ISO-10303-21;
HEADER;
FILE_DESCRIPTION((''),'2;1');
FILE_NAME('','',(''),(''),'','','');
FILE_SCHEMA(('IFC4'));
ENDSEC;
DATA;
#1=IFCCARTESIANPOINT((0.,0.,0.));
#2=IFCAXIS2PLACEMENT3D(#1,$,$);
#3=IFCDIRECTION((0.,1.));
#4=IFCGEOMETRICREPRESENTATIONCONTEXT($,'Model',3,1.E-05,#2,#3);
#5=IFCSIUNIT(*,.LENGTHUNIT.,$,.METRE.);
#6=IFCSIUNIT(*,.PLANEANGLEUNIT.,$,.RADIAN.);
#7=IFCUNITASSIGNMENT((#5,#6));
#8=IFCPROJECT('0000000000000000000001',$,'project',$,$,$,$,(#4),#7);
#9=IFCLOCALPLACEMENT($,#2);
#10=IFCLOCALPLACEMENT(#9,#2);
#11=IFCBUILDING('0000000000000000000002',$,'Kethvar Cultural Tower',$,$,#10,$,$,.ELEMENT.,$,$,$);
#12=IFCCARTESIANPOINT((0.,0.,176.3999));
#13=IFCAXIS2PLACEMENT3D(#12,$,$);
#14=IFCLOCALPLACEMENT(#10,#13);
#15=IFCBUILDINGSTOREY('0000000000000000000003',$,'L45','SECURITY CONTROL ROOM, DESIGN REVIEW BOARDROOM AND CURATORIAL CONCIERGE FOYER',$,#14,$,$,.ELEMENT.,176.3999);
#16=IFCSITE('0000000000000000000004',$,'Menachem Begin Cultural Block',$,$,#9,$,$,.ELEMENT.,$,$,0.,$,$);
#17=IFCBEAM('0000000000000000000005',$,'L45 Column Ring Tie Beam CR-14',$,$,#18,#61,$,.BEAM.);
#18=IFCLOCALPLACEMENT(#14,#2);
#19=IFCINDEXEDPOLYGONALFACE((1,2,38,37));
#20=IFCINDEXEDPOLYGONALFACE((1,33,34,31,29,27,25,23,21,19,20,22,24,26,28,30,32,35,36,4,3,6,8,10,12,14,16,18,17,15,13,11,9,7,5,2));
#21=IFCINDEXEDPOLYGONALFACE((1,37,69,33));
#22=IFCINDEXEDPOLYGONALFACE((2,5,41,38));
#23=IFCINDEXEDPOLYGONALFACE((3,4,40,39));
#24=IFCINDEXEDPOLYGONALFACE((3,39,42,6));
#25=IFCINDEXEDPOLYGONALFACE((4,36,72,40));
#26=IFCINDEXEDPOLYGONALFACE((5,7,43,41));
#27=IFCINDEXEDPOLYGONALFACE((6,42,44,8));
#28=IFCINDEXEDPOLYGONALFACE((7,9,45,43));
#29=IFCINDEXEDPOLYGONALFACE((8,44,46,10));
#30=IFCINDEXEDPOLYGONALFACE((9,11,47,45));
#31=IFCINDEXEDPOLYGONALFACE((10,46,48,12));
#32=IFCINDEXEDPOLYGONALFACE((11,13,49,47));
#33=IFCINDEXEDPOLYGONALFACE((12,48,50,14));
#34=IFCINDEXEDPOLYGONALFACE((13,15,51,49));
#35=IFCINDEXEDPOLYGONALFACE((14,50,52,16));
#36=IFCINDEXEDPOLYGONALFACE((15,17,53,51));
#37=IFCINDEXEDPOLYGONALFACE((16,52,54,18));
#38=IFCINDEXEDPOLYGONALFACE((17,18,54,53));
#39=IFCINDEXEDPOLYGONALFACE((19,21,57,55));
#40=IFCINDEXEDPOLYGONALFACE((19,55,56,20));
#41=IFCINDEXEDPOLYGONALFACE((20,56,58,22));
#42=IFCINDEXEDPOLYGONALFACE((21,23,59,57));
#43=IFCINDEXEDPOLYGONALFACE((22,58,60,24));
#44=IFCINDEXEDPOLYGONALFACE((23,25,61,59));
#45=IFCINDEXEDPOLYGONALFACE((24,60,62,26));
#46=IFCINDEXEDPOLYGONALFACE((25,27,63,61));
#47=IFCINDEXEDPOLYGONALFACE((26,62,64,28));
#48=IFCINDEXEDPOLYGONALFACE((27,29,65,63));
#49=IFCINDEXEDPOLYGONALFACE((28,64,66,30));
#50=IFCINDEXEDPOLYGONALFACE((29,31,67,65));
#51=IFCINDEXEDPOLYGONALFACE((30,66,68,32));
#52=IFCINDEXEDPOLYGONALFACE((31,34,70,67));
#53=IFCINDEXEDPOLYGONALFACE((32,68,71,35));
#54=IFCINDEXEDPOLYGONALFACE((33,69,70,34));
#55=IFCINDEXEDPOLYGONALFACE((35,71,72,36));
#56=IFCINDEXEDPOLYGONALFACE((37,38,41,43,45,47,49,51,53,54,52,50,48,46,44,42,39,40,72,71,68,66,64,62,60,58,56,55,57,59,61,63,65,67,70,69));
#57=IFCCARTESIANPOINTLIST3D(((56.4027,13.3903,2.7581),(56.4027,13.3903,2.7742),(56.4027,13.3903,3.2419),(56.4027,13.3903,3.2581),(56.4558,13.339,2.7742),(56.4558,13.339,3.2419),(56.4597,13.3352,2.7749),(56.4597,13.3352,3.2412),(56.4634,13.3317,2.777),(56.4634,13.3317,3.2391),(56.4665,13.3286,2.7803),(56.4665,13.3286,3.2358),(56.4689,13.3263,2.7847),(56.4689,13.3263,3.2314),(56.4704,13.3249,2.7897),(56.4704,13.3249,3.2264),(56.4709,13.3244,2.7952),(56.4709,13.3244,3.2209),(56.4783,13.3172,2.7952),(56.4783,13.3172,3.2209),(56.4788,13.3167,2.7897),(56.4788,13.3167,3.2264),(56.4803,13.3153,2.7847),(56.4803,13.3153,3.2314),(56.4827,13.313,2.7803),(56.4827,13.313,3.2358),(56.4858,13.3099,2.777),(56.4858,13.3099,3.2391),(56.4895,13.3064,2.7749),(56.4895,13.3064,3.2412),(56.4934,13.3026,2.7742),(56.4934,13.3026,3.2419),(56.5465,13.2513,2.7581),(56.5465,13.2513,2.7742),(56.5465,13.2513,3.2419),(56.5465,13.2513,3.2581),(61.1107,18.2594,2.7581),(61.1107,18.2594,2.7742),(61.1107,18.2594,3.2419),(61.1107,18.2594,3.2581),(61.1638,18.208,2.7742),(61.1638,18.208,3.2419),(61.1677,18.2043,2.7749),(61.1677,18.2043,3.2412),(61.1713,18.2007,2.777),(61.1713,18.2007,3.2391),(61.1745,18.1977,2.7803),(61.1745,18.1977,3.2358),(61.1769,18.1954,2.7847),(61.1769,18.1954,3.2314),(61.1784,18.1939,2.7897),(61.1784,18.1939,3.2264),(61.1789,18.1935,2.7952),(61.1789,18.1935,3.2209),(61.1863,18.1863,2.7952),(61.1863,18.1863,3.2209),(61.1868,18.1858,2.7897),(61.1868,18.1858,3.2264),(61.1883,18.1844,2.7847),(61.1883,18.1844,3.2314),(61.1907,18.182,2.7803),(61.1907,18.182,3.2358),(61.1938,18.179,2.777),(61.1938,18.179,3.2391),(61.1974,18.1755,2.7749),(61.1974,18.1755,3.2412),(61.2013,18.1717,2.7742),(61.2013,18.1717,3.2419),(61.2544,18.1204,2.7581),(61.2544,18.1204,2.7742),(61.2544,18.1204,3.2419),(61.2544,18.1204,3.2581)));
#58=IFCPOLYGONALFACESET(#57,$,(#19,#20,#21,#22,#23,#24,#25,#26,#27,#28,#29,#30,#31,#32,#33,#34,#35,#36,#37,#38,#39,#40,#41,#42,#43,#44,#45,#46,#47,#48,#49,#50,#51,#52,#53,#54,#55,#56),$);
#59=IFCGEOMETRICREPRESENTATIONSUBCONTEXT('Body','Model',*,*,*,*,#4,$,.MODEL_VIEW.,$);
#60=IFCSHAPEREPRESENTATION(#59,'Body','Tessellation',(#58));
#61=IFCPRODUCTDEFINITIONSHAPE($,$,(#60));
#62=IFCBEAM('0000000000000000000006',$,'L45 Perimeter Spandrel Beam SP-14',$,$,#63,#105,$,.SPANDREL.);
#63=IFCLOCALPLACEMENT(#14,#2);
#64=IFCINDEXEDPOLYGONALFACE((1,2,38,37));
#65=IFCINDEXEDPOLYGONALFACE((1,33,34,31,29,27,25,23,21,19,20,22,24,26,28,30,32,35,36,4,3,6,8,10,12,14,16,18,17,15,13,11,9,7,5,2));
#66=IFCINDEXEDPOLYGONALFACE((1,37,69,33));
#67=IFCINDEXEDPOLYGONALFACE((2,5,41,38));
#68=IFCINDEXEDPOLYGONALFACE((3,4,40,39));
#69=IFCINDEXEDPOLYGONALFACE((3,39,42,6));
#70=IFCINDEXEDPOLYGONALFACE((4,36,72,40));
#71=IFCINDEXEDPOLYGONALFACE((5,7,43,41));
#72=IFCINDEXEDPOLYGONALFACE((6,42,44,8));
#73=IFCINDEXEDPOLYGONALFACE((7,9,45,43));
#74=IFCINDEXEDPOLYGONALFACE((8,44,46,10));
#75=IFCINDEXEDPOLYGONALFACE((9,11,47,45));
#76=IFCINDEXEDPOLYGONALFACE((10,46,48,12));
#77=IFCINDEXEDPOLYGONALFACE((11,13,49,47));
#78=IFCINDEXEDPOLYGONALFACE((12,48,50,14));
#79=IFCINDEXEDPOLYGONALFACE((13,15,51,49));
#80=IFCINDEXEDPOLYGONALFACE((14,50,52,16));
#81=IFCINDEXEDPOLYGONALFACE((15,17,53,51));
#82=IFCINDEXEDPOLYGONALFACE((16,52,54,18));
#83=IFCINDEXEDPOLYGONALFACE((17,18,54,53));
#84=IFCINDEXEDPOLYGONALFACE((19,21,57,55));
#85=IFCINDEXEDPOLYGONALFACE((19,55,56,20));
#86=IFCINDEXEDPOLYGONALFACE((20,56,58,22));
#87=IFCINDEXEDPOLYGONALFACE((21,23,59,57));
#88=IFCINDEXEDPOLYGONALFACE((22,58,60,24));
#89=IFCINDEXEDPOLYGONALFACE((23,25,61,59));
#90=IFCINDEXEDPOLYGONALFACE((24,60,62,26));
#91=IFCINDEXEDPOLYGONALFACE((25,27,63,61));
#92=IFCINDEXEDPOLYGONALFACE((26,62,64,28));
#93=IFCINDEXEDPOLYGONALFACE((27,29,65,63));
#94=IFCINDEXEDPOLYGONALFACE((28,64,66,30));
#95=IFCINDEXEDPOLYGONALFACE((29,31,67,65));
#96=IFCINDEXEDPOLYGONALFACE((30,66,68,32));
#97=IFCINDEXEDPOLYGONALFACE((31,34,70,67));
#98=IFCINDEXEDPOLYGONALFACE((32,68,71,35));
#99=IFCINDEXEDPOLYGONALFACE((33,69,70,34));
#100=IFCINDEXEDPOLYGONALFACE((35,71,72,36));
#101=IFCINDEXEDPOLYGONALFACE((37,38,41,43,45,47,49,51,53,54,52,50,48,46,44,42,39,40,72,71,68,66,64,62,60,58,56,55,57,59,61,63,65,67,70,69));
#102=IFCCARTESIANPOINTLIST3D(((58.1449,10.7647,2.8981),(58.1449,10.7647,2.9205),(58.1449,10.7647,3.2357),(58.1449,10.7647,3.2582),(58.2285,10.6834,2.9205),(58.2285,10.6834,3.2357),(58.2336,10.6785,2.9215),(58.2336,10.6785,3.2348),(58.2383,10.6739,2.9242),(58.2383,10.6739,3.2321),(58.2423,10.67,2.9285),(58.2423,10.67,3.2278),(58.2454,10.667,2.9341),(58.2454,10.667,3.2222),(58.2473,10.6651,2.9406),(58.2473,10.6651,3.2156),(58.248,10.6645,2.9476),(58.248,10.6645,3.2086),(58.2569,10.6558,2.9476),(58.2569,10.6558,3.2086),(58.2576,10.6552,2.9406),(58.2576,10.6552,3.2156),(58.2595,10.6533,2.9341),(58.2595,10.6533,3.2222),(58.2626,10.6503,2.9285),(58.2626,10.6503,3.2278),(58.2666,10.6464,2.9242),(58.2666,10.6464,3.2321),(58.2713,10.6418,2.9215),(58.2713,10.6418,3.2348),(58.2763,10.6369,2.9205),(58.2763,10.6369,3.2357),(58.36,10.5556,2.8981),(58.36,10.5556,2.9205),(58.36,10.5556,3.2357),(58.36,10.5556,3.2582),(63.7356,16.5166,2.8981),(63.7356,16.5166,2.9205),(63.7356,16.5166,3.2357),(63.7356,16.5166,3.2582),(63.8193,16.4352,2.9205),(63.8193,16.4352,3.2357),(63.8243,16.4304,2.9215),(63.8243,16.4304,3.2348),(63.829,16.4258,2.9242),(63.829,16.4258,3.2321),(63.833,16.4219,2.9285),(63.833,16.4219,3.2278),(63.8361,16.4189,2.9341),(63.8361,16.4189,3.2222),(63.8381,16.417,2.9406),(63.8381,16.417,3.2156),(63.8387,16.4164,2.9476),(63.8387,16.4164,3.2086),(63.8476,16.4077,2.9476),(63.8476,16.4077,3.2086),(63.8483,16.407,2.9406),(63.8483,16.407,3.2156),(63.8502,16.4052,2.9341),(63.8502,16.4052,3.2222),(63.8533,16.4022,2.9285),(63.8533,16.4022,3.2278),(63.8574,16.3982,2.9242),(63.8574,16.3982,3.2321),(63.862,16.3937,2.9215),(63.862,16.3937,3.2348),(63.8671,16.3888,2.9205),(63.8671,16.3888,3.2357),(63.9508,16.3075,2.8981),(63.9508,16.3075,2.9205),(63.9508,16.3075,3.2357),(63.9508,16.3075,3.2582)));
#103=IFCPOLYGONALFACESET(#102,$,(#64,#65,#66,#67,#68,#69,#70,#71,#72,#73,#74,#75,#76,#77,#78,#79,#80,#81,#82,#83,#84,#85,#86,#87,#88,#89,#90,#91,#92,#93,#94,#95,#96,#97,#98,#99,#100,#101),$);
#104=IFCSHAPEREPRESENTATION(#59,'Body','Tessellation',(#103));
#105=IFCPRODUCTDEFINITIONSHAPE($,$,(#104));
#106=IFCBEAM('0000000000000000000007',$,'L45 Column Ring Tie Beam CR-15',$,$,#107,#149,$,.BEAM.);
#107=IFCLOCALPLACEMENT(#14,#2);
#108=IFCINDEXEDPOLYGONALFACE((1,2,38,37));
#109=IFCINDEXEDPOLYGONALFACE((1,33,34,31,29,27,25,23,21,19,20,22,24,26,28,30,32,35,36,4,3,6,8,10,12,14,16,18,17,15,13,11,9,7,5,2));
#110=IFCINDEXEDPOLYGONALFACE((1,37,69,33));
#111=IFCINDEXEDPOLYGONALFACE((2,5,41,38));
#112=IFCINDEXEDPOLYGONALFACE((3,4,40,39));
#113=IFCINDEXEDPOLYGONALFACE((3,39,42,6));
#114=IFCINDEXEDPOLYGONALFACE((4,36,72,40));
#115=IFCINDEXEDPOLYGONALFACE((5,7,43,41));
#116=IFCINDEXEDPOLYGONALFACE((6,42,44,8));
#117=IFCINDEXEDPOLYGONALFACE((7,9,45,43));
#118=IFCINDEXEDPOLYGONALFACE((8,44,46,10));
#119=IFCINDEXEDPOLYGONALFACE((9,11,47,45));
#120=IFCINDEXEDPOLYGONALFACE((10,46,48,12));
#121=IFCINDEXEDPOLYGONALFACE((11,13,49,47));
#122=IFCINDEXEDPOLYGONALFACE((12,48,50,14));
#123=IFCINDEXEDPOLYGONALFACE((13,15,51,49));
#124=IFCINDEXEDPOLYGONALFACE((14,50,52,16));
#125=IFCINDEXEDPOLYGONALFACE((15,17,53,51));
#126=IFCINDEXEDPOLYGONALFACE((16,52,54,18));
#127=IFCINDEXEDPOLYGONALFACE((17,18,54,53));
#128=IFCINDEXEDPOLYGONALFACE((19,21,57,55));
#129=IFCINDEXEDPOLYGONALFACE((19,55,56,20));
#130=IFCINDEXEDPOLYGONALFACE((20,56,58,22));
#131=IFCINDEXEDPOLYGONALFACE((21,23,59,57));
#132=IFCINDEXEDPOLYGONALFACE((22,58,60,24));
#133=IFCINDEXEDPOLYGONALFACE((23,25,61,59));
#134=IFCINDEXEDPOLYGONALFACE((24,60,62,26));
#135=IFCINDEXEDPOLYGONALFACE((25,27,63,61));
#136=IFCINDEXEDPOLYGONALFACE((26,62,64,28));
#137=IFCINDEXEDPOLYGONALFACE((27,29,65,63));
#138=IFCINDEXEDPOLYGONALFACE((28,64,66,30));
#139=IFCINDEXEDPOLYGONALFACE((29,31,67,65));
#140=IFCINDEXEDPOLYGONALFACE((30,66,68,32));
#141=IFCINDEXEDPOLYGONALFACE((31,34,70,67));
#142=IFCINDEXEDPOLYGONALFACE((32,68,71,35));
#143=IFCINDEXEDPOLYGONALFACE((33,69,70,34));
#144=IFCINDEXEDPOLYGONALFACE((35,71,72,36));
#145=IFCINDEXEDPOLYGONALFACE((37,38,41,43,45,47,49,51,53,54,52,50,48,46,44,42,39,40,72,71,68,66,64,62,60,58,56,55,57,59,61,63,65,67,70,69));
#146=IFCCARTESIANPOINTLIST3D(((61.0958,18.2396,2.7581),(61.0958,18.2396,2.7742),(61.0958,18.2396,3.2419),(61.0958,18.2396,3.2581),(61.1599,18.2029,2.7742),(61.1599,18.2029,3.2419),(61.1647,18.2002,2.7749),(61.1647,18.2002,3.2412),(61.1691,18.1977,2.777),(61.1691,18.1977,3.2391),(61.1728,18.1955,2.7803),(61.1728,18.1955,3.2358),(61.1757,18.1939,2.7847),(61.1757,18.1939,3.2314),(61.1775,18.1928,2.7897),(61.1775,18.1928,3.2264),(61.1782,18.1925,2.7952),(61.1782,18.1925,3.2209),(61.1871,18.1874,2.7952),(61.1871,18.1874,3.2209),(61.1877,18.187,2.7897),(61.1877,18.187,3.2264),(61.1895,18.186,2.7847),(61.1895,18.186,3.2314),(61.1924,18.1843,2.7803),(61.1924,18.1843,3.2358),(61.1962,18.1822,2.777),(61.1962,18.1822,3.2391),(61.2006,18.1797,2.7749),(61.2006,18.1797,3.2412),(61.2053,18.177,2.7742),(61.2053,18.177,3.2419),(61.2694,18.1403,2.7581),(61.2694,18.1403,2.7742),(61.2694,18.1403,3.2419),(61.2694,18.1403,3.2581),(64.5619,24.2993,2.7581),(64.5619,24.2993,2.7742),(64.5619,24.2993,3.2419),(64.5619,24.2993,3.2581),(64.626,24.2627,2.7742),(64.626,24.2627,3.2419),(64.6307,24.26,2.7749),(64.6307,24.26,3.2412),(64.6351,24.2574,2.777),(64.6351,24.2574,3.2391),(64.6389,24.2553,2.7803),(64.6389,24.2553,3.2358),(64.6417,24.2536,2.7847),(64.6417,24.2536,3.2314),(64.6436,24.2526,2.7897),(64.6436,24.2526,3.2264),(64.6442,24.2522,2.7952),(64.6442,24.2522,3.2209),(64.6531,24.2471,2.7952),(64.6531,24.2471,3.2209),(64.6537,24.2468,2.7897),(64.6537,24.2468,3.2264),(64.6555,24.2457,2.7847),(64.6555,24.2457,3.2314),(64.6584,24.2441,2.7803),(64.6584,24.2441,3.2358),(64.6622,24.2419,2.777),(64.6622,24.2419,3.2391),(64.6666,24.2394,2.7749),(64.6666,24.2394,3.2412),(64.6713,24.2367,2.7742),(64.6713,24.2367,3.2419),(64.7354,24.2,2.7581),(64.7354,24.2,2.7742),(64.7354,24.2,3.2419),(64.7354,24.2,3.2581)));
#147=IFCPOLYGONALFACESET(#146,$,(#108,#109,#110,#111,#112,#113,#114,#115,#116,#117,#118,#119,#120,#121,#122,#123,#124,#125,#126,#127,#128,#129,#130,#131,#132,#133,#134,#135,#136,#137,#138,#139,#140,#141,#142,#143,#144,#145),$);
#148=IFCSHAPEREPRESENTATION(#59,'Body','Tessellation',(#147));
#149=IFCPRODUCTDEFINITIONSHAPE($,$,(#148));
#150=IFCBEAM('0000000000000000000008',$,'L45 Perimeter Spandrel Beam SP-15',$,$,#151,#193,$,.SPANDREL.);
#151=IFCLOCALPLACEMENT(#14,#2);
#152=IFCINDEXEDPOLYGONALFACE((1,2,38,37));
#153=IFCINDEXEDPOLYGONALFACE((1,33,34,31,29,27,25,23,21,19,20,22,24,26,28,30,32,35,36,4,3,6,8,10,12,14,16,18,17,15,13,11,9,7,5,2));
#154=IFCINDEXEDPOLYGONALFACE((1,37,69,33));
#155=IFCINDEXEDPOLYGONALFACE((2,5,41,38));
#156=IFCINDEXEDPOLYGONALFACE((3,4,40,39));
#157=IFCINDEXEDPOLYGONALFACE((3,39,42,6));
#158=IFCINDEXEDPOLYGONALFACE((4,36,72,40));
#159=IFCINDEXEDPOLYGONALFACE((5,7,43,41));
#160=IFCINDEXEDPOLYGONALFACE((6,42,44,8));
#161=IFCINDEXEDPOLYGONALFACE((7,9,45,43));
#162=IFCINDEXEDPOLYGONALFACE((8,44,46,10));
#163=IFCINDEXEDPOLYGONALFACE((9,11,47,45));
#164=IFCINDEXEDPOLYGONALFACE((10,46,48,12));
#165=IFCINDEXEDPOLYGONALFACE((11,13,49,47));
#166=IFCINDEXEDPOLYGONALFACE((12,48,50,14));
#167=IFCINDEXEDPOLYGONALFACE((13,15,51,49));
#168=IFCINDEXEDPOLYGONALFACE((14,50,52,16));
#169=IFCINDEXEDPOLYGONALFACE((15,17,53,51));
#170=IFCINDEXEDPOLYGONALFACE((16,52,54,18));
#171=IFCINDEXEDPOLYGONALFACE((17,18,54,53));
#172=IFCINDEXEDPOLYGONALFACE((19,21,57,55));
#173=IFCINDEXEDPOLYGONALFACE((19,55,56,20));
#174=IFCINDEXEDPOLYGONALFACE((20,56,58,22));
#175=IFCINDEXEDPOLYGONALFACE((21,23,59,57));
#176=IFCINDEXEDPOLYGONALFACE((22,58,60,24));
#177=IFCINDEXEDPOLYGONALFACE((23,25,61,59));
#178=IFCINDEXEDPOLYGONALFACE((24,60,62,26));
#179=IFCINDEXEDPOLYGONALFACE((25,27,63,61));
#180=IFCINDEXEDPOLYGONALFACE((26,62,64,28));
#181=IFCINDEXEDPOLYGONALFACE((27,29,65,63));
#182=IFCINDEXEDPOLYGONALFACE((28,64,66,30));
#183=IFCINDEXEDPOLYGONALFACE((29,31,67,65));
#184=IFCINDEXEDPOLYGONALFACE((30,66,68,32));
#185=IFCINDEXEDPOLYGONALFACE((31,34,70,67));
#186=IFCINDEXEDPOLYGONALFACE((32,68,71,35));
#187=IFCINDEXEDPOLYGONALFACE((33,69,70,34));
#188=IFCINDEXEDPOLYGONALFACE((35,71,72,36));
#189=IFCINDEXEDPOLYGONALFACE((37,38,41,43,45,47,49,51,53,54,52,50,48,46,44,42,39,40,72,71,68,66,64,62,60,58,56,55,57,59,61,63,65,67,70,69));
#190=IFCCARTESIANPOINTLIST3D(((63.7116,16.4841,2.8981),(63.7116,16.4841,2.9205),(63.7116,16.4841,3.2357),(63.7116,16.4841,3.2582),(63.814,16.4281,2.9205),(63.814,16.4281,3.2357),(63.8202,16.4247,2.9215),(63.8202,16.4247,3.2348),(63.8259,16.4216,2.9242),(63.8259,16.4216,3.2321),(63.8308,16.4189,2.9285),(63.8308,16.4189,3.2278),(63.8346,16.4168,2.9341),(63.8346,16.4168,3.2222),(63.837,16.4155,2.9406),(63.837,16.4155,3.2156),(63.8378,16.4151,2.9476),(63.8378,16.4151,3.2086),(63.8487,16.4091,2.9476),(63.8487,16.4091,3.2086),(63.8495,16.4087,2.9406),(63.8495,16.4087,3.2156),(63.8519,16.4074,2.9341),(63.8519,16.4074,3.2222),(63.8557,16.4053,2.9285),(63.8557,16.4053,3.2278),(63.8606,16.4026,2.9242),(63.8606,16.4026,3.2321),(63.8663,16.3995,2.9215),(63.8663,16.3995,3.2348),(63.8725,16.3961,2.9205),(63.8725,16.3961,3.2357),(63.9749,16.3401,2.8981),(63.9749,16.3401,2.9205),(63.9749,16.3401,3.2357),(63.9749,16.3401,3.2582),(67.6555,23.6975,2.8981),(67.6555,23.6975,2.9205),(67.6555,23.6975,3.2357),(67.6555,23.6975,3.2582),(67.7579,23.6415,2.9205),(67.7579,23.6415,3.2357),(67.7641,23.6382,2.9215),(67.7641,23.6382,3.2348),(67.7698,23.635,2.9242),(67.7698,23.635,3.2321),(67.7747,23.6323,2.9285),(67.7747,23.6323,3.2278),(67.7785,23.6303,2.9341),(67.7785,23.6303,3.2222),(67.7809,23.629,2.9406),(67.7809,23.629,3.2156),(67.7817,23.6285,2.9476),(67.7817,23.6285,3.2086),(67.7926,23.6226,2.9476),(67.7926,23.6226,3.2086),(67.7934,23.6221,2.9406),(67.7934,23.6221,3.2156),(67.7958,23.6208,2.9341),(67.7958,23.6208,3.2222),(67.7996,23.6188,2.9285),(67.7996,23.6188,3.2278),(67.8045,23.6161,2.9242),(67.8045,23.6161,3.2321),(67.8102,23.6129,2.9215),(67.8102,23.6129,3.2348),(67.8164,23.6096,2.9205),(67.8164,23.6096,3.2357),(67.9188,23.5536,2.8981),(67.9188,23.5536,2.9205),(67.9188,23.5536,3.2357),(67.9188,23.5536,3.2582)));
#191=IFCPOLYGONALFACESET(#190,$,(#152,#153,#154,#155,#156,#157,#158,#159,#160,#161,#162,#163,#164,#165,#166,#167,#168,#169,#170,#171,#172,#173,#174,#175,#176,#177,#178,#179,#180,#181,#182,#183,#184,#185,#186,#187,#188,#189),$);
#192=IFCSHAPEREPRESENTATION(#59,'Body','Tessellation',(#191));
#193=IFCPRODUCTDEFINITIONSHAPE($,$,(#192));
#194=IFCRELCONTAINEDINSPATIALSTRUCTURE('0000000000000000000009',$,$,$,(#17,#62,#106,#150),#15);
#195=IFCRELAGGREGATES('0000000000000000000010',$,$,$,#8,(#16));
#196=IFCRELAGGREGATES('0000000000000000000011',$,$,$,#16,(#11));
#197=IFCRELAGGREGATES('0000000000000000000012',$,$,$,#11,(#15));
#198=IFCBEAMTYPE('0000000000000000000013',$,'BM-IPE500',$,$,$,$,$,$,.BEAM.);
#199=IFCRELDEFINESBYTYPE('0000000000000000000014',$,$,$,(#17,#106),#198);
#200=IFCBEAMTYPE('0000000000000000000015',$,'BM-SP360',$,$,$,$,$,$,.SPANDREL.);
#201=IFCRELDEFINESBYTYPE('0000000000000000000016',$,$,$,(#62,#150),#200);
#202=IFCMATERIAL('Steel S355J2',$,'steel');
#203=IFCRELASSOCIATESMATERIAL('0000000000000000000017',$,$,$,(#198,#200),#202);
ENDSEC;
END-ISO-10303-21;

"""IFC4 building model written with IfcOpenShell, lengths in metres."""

from ifc_helpers import new_model, si_unit, direction, frame, origin, origin_2d, place, context, subcontext, project, spatial, i_section, extrude, source, transform, mapped, material, material_profile, profile_set, type_object, element, save


model = new_model("IFC4")

# Units and contexts
model_context = context("Model", 3, precision=1e-05, world=origin(), true_north=direction((0.0, 1.0)))
body_context = subcontext(model_context, "Body", "Model", "MODEL_VIEW")
ifc_project = project(units=[si_unit("LENGTHUNIT", "METRE"), si_unit("PLANEANGLEUNIT", "RADIAN")], contexts=[model_context])

# Site, building, storey
site_placement = place(None, origin())
site = spatial("IfcSite", under=ifc_project, at=site_placement, Name="Menachem Begin Cultural Block", CompositionType="ELEMENT", RefElevation=0.0)
building_placement = place(site_placement, origin())
building = spatial("IfcBuilding", under=site, at=building_placement, Name="Kethvar Cultural Tower", CompositionType="ELEMENT")
storey_placement = place(building_placement, frame((0.0, 0.0, 176.3999)))
storey = spatial("IfcBuildingStorey", under=building, at=storey_placement, Name="L45", Description="SECURITY CONTROL ROOM, DESIGN REVIEW BOARDROOM AND CURATORIAL CONCIERGE FOYER", CompositionType="ELEMENT", Elevation=176.3999)

# Beams
ifc_material_1 = material(Name="Steel S355J2", Category="steel")
ifc_material_profile_1 = material_profile(ifc_material_1, i_section(OverallWidth=0.2, OverallDepth=0.5, WebThickness=0.0103, FlangeThickness=0.0161, FilletRadius=0.021, at=origin_2d()), Name="Steel S355J2 — IPE500")
ifc_profile_set_1 = profile_set([ifc_material_profile_1], Name="Steel S355J2 — IPE500")
beam_type_1 = type_object("IfcBeamType", Name="BM-IPE500", PredefinedType="BEAM", material=ifc_profile_set_1)
shared_shape_1 = source(origin(), body_context, "Body", "SweptSolid", [
    extrude(i_section(OverallWidth=0.2, OverallDepth=0.5, WebThickness=0.0103, FlangeThickness=0.0161, FilletRadius=0.021, at=origin_2d()), origin(), (0.0, 0.0, 1.0), 6.7729),
])
beam_1_placement = place(storey_placement, frame((56.4746, 13.3208, 3.0081), z_axis=(0.695112, 0.718902, 0.0), x_axis=(-0.718902, 0.695112, 0.0)))
element("IfcBeam", 1, at=beam_1_placement, inside=storey, type_object=beam_type_1, Name="L45 Column Ring Tie Beam CR-14", PredefinedType="BEAM", context=body_context, shape_type="MappedRepresentation", body=[
    mapped(shared_shape_1, transform((0.0, 0.0, 0.0), scale=1.0)),
])
ifc_material_profile_2 = material_profile(ifc_material_1, i_section(OverallWidth=0.3, OverallDepth=0.3601, WebThickness=0.0125, FlangeThickness=0.0225, FilletRadius=0.0271, at=origin_2d()), Name="Steel S355J2 — HEB360")
ifc_profile_set_2 = profile_set([ifc_material_profile_2], Name="Steel S355J2 — HEB360")
beam_type_2 = type_object("IfcBeamType", Name="BM-SP360", PredefinedType="SPANDREL", material=ifc_profile_set_2)
shared_shape_2 = source(origin(), body_context, "Body", "SweptSolid", [
    extrude(i_section(OverallWidth=0.3, OverallDepth=0.3601, WebThickness=0.0125, FlangeThickness=0.0225, FilletRadius=0.0271, at=origin_2d()), origin(), (0.0, 0.0, 1.0), 8.0212),
])
beam_2_placement = place(storey_placement, frame((58.2524, 10.6602, 3.0781), z_axis=(0.696991, 0.717079, 0.0), x_axis=(-0.717079, 0.696991, 0.0)))
element("IfcBeam", 2, at=beam_2_placement, inside=storey, type_object=beam_type_2, Name="L45 Perimeter Spandrel Beam SP-14", PredefinedType="SPANDREL", context=body_context, shape_type="MappedRepresentation", body=[
    mapped(shared_shape_2, transform((0.0, 0.0, 0.0), scale=1.0)),
])
shared_shape_3 = source(origin(), body_context, "Body", "SweptSolid", [
    extrude(i_section(OverallWidth=0.2, OverallDepth=0.5, WebThickness=0.0103, FlangeThickness=0.0161, FilletRadius=0.021, at=origin_2d()), origin(), (0.0, 0.0, 1.0), 6.981),
])
beam_3_placement = place(storey_placement, frame((61.1826, 18.1899, 3.0081), z_axis=(0.496497, 0.868039, 0.0), x_axis=(-0.868039, 0.496497, 0.0)))
element("IfcBeam", 3, at=beam_3_placement, inside=storey, type_object=beam_type_1, Name="L45 Column Ring Tie Beam CR-15", PredefinedType="BEAM", context=body_context, shape_type="MappedRepresentation", body=[
    mapped(shared_shape_3, transform((0.0, 0.0, 0.0), scale=1.0)),
])
shared_shape_4 = source(origin(), body_context, "Body", "SweptSolid", [
    extrude(i_section(OverallWidth=0.3, OverallDepth=0.3601, WebThickness=0.0125, FlangeThickness=0.0225, FilletRadius=0.0271, at=origin_2d()), origin(), (0.0, 0.0, 1.0), 8.2212),
])
beam_4_placement = place(storey_placement, frame((63.8433, 16.4121, 3.0781), z_axis=(0.479722, 0.877421, 0.0), x_axis=(-0.877421, 0.479722, 0.0)))
element("IfcBeam", 4, at=beam_4_placement, inside=storey, type_object=beam_type_2, Name="L45 Perimeter Spandrel Beam SP-15", PredefinedType="SPANDREL", context=body_context, shape_type="MappedRepresentation", body=[
    mapped(shared_shape_4, transform((0.0, 0.0, 0.0), scale=1.0)),
])

save(model, "model.ifc")
